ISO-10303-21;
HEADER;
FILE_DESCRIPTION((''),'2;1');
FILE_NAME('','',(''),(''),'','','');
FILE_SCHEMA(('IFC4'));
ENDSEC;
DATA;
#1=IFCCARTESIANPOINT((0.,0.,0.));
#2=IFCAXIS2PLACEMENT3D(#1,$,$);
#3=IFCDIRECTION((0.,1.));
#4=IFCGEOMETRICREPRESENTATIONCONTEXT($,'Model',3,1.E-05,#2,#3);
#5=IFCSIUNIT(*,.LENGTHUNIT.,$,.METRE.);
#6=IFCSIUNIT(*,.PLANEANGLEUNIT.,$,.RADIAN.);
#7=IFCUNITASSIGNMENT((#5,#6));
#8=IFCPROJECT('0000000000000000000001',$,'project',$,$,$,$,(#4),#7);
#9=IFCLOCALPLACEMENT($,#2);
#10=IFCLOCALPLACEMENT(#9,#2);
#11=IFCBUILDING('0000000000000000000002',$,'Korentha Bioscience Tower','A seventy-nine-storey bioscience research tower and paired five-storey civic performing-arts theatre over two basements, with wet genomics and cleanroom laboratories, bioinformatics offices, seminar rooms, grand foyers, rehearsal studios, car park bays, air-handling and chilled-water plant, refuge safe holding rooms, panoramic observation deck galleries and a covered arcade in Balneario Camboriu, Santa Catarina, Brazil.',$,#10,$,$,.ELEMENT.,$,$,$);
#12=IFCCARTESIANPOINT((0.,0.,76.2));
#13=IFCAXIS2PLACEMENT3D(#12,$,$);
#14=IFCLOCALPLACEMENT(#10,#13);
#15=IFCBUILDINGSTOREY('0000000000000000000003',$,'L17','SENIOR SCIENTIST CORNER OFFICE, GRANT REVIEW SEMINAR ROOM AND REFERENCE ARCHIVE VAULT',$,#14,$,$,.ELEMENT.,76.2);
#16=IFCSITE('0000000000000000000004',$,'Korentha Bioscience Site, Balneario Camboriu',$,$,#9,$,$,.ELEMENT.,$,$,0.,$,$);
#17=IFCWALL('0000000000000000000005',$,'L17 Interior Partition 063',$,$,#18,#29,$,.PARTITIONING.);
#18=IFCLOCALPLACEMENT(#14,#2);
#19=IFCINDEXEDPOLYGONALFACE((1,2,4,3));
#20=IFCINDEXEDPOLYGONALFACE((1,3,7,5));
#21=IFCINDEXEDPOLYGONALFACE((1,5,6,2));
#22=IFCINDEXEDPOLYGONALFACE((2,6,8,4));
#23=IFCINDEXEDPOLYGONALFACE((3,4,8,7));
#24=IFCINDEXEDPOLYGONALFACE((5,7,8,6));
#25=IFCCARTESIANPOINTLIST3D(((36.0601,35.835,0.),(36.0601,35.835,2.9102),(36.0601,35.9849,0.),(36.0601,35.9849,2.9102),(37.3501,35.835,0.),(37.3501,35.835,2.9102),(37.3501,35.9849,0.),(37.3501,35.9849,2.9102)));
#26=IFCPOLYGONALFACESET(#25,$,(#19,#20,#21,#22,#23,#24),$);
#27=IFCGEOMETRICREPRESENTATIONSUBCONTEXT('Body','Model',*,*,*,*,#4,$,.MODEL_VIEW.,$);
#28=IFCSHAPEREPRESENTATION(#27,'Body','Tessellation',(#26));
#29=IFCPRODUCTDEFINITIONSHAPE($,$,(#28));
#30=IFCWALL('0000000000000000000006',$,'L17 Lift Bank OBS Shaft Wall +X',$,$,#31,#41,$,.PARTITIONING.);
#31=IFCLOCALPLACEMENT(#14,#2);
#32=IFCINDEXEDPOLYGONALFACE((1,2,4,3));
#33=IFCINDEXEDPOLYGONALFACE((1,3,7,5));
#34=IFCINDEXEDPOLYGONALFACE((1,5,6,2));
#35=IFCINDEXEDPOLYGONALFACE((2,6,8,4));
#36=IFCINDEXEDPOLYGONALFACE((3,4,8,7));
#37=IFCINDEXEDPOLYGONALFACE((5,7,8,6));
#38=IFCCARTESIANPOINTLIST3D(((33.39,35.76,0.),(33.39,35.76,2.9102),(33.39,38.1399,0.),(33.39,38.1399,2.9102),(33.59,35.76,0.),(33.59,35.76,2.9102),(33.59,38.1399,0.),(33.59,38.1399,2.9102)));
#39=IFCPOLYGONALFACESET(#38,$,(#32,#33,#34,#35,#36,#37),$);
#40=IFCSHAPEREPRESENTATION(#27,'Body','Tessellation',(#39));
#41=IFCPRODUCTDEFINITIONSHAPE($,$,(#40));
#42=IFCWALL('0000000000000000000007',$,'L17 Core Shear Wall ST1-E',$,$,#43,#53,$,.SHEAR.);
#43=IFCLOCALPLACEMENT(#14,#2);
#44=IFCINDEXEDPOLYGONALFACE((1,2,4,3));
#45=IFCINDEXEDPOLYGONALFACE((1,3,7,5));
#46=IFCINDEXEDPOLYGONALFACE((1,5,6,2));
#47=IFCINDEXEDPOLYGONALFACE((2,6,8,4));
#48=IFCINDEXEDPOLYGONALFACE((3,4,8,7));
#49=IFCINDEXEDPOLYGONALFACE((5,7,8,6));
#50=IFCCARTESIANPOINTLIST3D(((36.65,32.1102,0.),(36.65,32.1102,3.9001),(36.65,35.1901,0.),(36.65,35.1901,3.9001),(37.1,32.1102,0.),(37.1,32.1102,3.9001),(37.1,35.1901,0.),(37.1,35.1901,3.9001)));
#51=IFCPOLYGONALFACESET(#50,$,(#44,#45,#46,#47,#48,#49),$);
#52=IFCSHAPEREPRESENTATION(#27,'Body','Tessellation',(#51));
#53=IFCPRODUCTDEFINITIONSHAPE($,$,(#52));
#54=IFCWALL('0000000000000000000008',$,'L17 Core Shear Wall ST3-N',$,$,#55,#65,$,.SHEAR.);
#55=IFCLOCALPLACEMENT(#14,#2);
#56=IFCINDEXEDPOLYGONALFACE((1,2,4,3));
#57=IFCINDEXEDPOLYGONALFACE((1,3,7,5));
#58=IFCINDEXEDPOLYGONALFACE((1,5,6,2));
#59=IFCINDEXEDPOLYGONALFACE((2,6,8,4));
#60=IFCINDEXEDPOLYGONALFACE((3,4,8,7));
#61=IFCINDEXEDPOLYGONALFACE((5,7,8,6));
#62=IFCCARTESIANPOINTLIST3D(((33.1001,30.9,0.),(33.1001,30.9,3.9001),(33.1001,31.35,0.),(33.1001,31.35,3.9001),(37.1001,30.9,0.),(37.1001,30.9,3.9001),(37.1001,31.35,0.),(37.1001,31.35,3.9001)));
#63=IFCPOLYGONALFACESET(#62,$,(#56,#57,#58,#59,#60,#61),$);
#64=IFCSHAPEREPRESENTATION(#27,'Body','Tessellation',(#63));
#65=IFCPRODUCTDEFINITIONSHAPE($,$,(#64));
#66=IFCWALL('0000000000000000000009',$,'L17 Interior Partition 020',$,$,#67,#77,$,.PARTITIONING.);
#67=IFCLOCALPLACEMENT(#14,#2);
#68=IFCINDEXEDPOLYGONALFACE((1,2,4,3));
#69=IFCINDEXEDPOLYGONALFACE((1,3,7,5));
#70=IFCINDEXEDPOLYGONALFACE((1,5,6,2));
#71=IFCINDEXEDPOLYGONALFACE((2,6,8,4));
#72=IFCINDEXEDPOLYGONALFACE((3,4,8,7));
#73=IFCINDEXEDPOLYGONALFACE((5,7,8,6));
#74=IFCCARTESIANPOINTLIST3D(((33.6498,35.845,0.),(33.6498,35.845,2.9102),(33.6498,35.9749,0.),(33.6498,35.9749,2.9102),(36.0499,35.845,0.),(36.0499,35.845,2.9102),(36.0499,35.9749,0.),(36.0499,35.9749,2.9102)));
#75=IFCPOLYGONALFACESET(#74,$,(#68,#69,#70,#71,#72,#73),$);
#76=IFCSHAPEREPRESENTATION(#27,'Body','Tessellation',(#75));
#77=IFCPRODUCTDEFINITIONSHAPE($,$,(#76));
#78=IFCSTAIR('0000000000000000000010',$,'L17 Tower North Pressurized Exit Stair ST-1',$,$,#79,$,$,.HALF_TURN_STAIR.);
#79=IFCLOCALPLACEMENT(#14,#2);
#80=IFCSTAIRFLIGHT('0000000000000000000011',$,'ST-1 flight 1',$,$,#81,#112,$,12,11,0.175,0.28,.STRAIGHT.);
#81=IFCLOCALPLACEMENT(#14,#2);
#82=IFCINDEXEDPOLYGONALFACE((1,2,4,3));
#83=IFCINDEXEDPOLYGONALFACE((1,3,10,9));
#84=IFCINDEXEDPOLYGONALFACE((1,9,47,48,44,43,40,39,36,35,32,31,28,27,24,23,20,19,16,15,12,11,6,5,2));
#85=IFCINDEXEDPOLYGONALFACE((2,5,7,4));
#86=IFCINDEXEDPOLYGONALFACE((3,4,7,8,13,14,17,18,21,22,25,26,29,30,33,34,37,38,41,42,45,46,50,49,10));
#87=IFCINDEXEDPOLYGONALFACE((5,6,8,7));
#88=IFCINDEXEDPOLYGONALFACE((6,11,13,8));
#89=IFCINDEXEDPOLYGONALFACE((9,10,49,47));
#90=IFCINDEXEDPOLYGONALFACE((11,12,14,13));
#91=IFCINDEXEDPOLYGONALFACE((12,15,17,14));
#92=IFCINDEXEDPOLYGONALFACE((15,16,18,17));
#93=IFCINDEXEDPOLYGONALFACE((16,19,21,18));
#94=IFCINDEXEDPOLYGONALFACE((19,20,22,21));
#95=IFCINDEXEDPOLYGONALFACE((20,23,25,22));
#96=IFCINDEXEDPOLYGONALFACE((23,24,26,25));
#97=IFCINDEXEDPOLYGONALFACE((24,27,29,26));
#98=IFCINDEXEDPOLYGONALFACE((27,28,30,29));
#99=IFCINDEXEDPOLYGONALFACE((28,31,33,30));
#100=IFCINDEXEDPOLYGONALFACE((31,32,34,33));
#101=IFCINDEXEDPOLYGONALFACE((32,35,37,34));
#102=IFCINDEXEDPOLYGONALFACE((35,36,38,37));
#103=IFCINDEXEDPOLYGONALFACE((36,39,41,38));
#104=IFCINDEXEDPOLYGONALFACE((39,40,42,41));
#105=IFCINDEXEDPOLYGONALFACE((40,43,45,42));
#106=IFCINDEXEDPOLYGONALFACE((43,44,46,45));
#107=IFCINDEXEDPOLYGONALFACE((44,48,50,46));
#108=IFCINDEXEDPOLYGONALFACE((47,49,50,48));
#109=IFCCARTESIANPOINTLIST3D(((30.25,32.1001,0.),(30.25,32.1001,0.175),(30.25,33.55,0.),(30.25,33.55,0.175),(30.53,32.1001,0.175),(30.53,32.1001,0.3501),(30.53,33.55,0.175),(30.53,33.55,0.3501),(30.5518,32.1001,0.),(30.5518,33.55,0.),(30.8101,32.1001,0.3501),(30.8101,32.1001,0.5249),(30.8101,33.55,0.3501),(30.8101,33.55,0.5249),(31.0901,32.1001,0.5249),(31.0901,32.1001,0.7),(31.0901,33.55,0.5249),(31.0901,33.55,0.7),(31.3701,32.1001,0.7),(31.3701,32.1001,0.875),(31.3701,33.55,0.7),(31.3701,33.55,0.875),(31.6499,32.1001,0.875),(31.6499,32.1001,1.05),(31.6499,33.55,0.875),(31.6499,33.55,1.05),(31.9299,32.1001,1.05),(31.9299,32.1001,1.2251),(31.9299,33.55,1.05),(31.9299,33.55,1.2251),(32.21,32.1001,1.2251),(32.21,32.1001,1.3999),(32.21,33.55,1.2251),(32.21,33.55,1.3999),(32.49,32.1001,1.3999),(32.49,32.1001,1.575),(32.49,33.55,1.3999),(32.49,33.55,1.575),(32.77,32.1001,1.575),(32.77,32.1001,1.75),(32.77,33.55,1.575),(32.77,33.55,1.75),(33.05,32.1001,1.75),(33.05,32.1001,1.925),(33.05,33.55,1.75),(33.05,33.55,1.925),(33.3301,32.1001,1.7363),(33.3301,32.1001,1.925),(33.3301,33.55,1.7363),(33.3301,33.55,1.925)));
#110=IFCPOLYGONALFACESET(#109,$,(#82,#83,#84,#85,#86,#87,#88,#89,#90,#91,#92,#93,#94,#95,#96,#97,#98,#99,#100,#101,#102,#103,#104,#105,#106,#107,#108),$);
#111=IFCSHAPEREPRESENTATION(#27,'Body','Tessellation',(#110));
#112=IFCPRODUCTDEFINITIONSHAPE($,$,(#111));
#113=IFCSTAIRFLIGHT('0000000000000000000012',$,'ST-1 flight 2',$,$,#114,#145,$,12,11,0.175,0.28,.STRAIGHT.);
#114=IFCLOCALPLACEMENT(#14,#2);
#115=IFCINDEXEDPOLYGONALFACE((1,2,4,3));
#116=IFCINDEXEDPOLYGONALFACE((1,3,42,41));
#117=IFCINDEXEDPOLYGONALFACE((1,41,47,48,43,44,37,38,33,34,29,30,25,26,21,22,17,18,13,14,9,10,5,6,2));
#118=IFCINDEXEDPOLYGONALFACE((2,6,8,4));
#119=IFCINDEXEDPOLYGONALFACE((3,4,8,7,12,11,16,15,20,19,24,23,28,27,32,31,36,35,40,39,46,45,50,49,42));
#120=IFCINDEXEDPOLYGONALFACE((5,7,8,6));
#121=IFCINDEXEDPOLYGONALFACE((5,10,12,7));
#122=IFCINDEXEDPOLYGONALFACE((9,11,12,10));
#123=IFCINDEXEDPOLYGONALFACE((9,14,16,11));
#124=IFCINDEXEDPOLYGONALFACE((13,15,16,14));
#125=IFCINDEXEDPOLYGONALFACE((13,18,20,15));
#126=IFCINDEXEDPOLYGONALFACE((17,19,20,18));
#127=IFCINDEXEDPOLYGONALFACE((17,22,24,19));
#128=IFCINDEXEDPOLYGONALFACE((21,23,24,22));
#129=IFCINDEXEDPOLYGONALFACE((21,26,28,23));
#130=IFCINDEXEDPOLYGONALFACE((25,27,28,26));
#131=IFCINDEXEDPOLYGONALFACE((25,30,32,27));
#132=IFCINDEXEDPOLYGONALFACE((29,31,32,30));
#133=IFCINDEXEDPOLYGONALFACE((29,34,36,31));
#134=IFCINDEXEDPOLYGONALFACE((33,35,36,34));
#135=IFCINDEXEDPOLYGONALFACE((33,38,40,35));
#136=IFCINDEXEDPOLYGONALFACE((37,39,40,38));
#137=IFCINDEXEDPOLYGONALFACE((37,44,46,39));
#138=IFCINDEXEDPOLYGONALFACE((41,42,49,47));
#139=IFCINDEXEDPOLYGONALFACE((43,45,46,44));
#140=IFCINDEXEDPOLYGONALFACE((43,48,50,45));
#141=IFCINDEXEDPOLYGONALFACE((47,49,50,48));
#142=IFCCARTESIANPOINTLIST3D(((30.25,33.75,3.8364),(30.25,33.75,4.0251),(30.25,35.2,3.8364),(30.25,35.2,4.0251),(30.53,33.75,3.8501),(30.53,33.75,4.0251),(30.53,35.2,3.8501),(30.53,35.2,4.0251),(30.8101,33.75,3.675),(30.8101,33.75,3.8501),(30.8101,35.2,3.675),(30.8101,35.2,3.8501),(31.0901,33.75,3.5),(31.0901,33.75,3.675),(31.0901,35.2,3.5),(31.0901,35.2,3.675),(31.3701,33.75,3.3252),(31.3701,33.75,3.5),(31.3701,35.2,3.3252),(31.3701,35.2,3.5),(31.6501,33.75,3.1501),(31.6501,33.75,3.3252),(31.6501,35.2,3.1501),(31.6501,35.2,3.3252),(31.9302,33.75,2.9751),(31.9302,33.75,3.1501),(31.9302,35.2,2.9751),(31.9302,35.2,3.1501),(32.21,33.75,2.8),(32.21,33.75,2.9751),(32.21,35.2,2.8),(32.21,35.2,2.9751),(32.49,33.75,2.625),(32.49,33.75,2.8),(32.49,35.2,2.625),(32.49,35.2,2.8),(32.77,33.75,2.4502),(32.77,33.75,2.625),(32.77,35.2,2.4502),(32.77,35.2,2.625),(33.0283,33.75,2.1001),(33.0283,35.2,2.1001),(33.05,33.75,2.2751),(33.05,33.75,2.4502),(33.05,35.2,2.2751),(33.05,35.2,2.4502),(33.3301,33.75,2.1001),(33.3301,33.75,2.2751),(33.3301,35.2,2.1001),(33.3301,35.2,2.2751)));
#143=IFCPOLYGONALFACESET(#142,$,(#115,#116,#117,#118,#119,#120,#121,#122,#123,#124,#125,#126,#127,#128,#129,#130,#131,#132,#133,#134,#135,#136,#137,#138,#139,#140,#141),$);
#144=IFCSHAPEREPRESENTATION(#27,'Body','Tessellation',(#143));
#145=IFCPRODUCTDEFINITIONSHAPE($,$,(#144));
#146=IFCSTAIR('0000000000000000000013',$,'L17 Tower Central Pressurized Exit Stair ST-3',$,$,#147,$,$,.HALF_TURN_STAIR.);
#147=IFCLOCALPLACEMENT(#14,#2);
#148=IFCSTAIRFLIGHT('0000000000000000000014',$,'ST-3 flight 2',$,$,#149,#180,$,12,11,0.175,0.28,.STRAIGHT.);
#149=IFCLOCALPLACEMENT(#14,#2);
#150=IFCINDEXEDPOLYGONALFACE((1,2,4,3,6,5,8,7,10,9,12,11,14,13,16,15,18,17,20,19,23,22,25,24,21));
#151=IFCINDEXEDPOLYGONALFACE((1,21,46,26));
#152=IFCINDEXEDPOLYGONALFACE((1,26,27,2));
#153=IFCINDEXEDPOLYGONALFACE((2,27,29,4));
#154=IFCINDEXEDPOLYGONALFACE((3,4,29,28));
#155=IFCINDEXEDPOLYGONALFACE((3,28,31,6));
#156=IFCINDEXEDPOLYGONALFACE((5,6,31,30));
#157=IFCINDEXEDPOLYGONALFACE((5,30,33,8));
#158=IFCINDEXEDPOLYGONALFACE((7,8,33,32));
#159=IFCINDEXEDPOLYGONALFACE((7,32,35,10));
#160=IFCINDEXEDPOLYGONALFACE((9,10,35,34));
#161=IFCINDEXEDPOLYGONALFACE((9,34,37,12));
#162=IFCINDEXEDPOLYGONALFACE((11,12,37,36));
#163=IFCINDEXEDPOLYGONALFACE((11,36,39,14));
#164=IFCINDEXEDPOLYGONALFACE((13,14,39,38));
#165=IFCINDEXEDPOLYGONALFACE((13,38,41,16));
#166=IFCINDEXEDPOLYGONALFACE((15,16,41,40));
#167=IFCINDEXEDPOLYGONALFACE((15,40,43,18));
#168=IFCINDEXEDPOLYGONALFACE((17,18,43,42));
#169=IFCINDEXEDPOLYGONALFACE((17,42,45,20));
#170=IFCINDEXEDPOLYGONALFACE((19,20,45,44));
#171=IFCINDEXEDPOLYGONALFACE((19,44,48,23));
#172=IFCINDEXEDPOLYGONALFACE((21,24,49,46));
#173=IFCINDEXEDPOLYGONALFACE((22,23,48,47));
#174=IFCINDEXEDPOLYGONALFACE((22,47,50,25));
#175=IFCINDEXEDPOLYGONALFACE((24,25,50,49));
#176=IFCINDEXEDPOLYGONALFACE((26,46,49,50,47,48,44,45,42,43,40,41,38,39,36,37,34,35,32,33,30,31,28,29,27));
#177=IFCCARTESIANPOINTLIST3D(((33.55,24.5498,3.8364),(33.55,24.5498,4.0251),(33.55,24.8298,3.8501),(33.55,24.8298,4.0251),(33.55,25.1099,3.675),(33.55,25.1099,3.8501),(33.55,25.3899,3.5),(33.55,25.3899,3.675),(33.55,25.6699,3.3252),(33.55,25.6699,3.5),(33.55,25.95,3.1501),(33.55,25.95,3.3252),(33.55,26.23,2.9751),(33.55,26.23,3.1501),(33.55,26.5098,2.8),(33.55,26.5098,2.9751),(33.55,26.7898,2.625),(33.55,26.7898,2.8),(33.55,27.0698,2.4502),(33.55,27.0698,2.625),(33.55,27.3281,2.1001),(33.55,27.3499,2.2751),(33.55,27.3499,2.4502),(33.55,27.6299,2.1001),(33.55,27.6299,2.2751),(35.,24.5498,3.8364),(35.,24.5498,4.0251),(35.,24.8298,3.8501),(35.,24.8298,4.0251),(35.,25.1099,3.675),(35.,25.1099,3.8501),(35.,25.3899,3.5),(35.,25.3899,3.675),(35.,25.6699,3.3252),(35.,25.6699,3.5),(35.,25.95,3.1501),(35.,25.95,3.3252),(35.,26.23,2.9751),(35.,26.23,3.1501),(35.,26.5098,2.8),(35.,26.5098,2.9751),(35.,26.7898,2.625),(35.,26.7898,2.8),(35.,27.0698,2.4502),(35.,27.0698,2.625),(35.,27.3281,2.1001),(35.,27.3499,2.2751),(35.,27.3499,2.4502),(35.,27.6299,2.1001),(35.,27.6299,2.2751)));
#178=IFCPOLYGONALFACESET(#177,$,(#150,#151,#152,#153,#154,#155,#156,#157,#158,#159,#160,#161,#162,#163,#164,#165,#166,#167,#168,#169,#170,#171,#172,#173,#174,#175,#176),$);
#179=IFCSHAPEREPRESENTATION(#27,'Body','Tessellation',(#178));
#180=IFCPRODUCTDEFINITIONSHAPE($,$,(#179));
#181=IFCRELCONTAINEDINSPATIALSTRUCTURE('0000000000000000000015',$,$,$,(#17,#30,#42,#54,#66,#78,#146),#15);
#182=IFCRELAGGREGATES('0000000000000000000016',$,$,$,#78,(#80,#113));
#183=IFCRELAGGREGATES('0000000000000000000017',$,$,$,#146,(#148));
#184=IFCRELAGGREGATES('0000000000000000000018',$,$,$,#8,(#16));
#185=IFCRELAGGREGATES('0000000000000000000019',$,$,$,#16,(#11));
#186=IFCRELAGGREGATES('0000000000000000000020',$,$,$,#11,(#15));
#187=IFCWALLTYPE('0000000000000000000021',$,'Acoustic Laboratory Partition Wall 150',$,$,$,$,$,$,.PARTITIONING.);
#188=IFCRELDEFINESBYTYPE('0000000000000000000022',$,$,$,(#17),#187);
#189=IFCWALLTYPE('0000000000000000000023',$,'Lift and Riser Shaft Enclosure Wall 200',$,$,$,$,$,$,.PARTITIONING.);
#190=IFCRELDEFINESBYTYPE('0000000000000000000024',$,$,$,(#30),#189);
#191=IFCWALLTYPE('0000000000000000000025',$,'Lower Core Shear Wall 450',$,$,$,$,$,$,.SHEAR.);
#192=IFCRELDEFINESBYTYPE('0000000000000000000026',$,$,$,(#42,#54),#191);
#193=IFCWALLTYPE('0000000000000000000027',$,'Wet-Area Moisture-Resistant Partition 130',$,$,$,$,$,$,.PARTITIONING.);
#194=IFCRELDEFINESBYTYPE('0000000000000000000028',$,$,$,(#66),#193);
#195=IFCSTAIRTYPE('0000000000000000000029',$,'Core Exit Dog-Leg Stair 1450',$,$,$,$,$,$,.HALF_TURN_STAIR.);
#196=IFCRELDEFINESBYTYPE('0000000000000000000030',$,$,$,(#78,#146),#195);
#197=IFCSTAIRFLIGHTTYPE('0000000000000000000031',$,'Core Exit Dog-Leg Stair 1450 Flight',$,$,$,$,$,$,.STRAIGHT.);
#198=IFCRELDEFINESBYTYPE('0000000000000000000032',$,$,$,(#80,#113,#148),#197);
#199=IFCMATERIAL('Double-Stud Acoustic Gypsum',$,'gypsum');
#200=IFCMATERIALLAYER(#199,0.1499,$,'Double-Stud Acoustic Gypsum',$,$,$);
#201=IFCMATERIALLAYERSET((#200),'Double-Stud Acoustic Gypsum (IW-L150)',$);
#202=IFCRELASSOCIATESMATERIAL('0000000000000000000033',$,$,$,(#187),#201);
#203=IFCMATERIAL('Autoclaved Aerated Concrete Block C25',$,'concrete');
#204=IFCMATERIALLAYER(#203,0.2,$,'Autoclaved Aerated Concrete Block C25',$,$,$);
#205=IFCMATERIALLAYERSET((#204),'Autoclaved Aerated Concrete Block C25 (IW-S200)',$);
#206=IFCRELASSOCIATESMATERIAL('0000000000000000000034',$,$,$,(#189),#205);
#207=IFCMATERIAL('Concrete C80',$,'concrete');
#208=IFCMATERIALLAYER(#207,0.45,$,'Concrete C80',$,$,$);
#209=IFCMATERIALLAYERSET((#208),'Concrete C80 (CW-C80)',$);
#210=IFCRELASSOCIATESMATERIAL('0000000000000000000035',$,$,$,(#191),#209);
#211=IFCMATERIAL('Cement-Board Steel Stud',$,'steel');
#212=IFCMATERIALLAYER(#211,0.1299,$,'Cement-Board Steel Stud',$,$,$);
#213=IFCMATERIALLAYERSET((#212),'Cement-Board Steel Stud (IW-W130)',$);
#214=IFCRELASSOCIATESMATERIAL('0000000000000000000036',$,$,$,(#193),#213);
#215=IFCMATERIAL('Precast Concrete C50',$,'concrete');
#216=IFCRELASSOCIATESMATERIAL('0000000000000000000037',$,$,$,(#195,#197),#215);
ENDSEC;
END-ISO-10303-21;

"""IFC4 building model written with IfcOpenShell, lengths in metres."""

from ifc_helpers import new_model, si_unit, direction, frame, frame_2d, origin, place, context, subcontext, project, spatial, polyline, rectangle, outline, extrude, material, layer, layer_set, type_object, element, aggregate, save


model = new_model("IFC4")

# Units and contexts
model_context = context("Model", 3, precision=1e-05, world=origin(), true_north=direction((0.0, 1.0)))
body_context = subcontext(model_context, "Body", "Model", "MODEL_VIEW")
ifc_project = project(units=[si_unit("LENGTHUNIT", "METRE"), si_unit("PLANEANGLEUNIT", "RADIAN")], contexts=[model_context])

# Site, building, storey
site_placement = place(None, origin())
site = spatial("IfcSite", under=ifc_project, at=site_placement, Name="Korentha Bioscience Site, Balneario Camboriu", CompositionType="ELEMENT", RefElevation=0.0)
building_placement = place(site_placement, origin())
building = spatial("IfcBuilding", under=site, at=building_placement, Name="Korentha Bioscience Tower", Description="A seventy-nine-storey bioscience research tower and paired five-storey civic performing-arts theatre over two basements, with wet genomics and cleanroom laboratories, bioinformatics offices, seminar rooms, grand foyers, rehearsal studios, car park bays, air-handling and chilled-water plant, refuge safe holding rooms, panoramic observation deck galleries and a covered arcade in Balneario Camboriu, Santa Catarina, Brazil.", CompositionType="ELEMENT")
storey_placement = place(building_placement, frame((0.0, 0.0, 76.2)))
storey = spatial("IfcBuildingStorey", under=building, at=storey_placement, Name="L17", Description="SENIOR SCIENTIST CORNER OFFICE, GRANT REVIEW SEMINAR ROOM AND REFERENCE ARCHIVE VAULT", CompositionType="ELEMENT", Elevation=76.2)

# Walls
ifc_material_1 = material(Name="Double-Stud Acoustic Gypsum", Category="gypsum")
ifc_layer_1 = layer(ifc_material_1, 0.1499, Name="Double-Stud Acoustic Gypsum")
ifc_layer_set_1 = layer_set([ifc_layer_1], Name="Double-Stud Acoustic Gypsum (IW-L150)")
wall_type_1 = type_object("IfcWallType", Name="Acoustic Laboratory Partition Wall 150", PredefinedType="PARTITIONING", material=ifc_layer_set_1)
wall_1_placement = place(storey_placement, frame((37.3501, 35.9099, 0.0), z_axis=(0.0, 0.0, 1.0), x_axis=(-1.0, 0.0, 0.0)))
element("IfcWall", 1, at=wall_1_placement, inside=storey, type_object=wall_type_1, Name="L17 Interior Partition 063", PredefinedType="PARTITIONING", context=body_context, shape_type="SweptSolid", body=[
    extrude(rectangle(XDim=1.29, YDim=0.1499, at=frame_2d((0.645, 0.0))), origin(), (0.0, 0.0, 1.0), 2.9102),
])
ifc_material_2 = material(Name="Autoclaved Aerated Concrete Block C25", Category="concrete")
ifc_layer_2 = layer(ifc_material_2, 0.2, Name="Autoclaved Aerated Concrete Block C25")
ifc_layer_set_2 = layer_set([ifc_layer_2], Name="Autoclaved Aerated Concrete Block C25 (IW-S200)")
wall_type_2 = type_object("IfcWallType", Name="Lift and Riser Shaft Enclosure Wall 200", PredefinedType="PARTITIONING", material=ifc_layer_set_2)
wall_2_placement = place(storey_placement, frame((33.49, 35.76, 0.0), z_axis=(0.0, 0.0, 1.0), x_axis=(0.0, 1.0, 0.0)))
element("IfcWall", 2, at=wall_2_placement, inside=storey, type_object=wall_type_2, Name="L17 Lift Bank OBS Shaft Wall +X", PredefinedType="PARTITIONING", context=body_context, shape_type="SweptSolid", body=[
    extrude(rectangle(XDim=2.3799, YDim=0.2, at=frame_2d((1.1899, 0.0))), origin(), (0.0, 0.0, 1.0), 2.9102),
])
ifc_material_3 = material(Name="Concrete C80", Category="concrete")
ifc_layer_3 = layer(ifc_material_3, 0.45, Name="Concrete C80")
ifc_layer_set_3 = layer_set([ifc_layer_3], Name="Concrete C80 (CW-C80)")
wall_type_3 = type_object("IfcWallType", Name="Lower Core Shear Wall 450", PredefinedType="SHEAR", material=ifc_layer_set_3)
wall_3_placement = place(storey_placement, frame((36.875, 32.1101, 0.0), z_axis=(0.0, 0.0, 1.0), x_axis=(0.0, 1.0, 0.0)))
element("IfcWall", 3, at=wall_3_placement, inside=storey, type_object=wall_type_3, Name="L17 Core Shear Wall ST1-E", PredefinedType="SHEAR", context=body_context, shape_type="SweptSolid", body=[
    extrude(rectangle(XDim=3.0798, YDim=0.45, at=frame_2d((1.54, 0.0))), origin(), (0.0, 0.0, 1.0), 3.9001),
])
wall_4_placement = place(storey_placement, frame((33.1001, 31.125, 0.0), z_axis=(0.0, 0.0, 1.0), x_axis=(1.0, 0.0, 0.0)))
element("IfcWall", 4, at=wall_4_placement, inside=storey, type_object=wall_type_3, Name="L17 Core Shear Wall ST3-N", PredefinedType="SHEAR", context=body_context, shape_type="SweptSolid", body=[
    extrude(rectangle(XDim=4.0, YDim=0.45, at=frame_2d((2.0, 0.0))), origin(), (0.0, 0.0, 1.0), 3.9001),
])
ifc_material_4 = material(Name="Cement-Board Steel Stud", Category="steel")
ifc_layer_4 = layer(ifc_material_4, 0.1299, Name="Cement-Board Steel Stud")
ifc_layer_set_4 = layer_set([ifc_layer_4], Name="Cement-Board Steel Stud (IW-W130)")
wall_type_4 = type_object("IfcWallType", Name="Wet-Area Moisture-Resistant Partition 130", PredefinedType="PARTITIONING", material=ifc_layer_set_4)
wall_5_placement = place(storey_placement, frame((36.05, 35.9099, 0.0), z_axis=(0.0, 0.0, 1.0), x_axis=(-1.0, 0.0, 0.0)))
element("IfcWall", 5, at=wall_5_placement, inside=storey, type_object=wall_type_4, Name="L17 Interior Partition 020", PredefinedType="PARTITIONING", context=body_context, shape_type="SweptSolid", body=[
    extrude(rectangle(XDim=2.4001, YDim=0.1299, at=frame_2d((1.2002, 0.0))), origin(), (0.0, 0.0, 1.0), 2.9102),
])

# Stair, stair flights
ifc_material_5 = material(Name="Precast Concrete C50", Category="concrete")
stair_type = type_object("IfcStairType", Name="Core Exit Dog-Leg Stair 1450", PredefinedType="HALF_TURN_STAIR", material=ifc_material_5)
stair_1_placement = place(storey_placement, origin())
stair_1 = element("IfcStair", 6, at=stair_1_placement, inside=storey, type_object=stair_type, Name="L17 Tower North Pressurized Exit Stair ST-1", PredefinedType="HALF_TURN_STAIR")
stair_flight_type = type_object("IfcStairFlightType", Name="Core Exit Dog-Leg Stair 1450 Flight", PredefinedType="STRAIGHT", material=ifc_material_5)
stair_flight_1_placement = place(storey_placement, frame((30.25, 32.825, 0.0), z_axis=(0.0, 0.0, 1.0), x_axis=(1.0, 0.0, 0.0)))
stair_flight_1 = element("IfcStairFlight", 7, at=stair_flight_1_placement, type_object=stair_flight_type, Name="ST-1 flight 1", NumberOfRisers=12, NumberOfTreads=11, PredefinedType="STRAIGHT", RiserHeight=0.175, TreadLength=0.28, context=body_context, shape_type="SweptSolid", body=[
    extrude(outline(polyline([(0.0, 0.0), (0.0, 0.175), (0.28, 0.175), (0.28, 0.3501), (0.5601, 0.3501), (0.5601, 0.5249), (0.8401, 0.5249), (0.8401, 0.7), (1.1201, 0.7), (1.1201, 0.875), (1.3999, 0.875), (1.3999, 1.05), (1.6799, 1.05), (1.6799, 1.2251), (1.96, 1.2251), (1.96, 1.3999), (2.24, 1.3999), (2.24, 1.575), (2.52, 1.575), (2.52, 1.75), (2.8, 1.75), (2.8, 1.925), (3.0801, 1.925), (3.0801, 2.1001), (3.0801, 1.7363), (0.3018, 0.0), (0.0, 0.0)])), frame((0.0, 0.7251, 0.0), z_axis=(0.0, -1.0, 0.0), x_axis=(1.0, 0.0, 0.0)), (0.0, 0.0, 1.0), 1.45),
])
stair_flight_2_placement = place(storey_placement, frame((33.3301, 34.4751, 2.1001), z_axis=(0.0, 0.0, 1.0), x_axis=(-1.0, 0.0, 0.0)))
stair_flight_2 = element("IfcStairFlight", 8, at=stair_flight_2_placement, type_object=stair_flight_type, Name="ST-1 flight 2", NumberOfRisers=12, NumberOfTreads=11, PredefinedType="STRAIGHT", RiserHeight=0.175, TreadLength=0.28, context=body_context, shape_type="SweptSolid", body=[
    extrude(outline(polyline([(0.0, 0.0), (0.0, 0.175), (0.28, 0.175), (0.28, 0.3501), (0.5601, 0.3501), (0.5601, 0.5249), (0.8401, 0.5249), (0.8401, 0.7), (1.1201, 0.7), (1.1201, 0.875), (1.3999, 0.875), (1.3999, 1.05), (1.6799, 1.05), (1.6799, 1.2251), (1.96, 1.2251), (1.96, 1.3999), (2.24, 1.3999), (2.24, 1.575), (2.52, 1.575), (2.52, 1.75), (2.8, 1.75), (2.8, 1.925), (3.0801, 1.925), (3.0801, 2.1001), (3.0801, 1.7363), (0.3018, 0.0), (0.0, 0.0)])), frame((0.0, 0.7251, 0.0), z_axis=(0.0, -1.0, 0.0), x_axis=(1.0, 0.0, 0.0)), (0.0, 0.0, 1.0), 1.45),
])
aggregate(stair_1, [stair_flight_1, stair_flight_2])

# Stair, stair flight
stair_2_placement = place(storey_placement, origin())
stair_2 = element("IfcStair", 9, at=stair_2_placement, inside=storey, type_object=stair_type, Name="L17 Tower Central Pressurized Exit Stair ST-3", PredefinedType="HALF_TURN_STAIR")
stair_flight_3_placement = place(storey_placement, frame((34.2749, 27.6299, 2.1001), z_axis=(0.0, 0.0, 1.0), x_axis=(0.0, -1.0, 0.0)))
stair_flight_3 = element("IfcStairFlight", 10, at=stair_flight_3_placement, type_object=stair_flight_type, Name="ST-3 flight 2", NumberOfRisers=12, NumberOfTreads=11, PredefinedType="STRAIGHT", RiserHeight=0.175, TreadLength=0.28, context=body_context, shape_type="SweptSolid", body=[
    extrude(outline(polyline([(0.0, 0.0), (0.0, 0.175), (0.28, 0.175), (0.28, 0.3501), (0.5601, 0.3501), (0.5601, 0.5249), (0.8401, 0.5249), (0.8401, 0.7), (1.1201, 0.7), (1.1201, 0.875), (1.3999, 0.875), (1.3999, 1.05), (1.6799, 1.05), (1.6799, 1.2251), (1.96, 1.2251), (1.96, 1.3999), (2.24, 1.3999), (2.24, 1.575), (2.52, 1.575), (2.52, 1.75), (2.8, 1.75), (2.8, 1.925), (3.0801, 1.925), (3.0801, 2.1001), (3.0801, 1.7363), (0.3018, 0.0), (0.0, 0.0)])), frame((0.0, 0.7251, 0.0), z_axis=(0.0, -1.0, 0.0), x_axis=(1.0, 0.0, 0.0)), (0.0, 0.0, 1.0), 1.45),
])
aggregate(stair_2, [stair_flight_3])

save(model, "model.ifc")
